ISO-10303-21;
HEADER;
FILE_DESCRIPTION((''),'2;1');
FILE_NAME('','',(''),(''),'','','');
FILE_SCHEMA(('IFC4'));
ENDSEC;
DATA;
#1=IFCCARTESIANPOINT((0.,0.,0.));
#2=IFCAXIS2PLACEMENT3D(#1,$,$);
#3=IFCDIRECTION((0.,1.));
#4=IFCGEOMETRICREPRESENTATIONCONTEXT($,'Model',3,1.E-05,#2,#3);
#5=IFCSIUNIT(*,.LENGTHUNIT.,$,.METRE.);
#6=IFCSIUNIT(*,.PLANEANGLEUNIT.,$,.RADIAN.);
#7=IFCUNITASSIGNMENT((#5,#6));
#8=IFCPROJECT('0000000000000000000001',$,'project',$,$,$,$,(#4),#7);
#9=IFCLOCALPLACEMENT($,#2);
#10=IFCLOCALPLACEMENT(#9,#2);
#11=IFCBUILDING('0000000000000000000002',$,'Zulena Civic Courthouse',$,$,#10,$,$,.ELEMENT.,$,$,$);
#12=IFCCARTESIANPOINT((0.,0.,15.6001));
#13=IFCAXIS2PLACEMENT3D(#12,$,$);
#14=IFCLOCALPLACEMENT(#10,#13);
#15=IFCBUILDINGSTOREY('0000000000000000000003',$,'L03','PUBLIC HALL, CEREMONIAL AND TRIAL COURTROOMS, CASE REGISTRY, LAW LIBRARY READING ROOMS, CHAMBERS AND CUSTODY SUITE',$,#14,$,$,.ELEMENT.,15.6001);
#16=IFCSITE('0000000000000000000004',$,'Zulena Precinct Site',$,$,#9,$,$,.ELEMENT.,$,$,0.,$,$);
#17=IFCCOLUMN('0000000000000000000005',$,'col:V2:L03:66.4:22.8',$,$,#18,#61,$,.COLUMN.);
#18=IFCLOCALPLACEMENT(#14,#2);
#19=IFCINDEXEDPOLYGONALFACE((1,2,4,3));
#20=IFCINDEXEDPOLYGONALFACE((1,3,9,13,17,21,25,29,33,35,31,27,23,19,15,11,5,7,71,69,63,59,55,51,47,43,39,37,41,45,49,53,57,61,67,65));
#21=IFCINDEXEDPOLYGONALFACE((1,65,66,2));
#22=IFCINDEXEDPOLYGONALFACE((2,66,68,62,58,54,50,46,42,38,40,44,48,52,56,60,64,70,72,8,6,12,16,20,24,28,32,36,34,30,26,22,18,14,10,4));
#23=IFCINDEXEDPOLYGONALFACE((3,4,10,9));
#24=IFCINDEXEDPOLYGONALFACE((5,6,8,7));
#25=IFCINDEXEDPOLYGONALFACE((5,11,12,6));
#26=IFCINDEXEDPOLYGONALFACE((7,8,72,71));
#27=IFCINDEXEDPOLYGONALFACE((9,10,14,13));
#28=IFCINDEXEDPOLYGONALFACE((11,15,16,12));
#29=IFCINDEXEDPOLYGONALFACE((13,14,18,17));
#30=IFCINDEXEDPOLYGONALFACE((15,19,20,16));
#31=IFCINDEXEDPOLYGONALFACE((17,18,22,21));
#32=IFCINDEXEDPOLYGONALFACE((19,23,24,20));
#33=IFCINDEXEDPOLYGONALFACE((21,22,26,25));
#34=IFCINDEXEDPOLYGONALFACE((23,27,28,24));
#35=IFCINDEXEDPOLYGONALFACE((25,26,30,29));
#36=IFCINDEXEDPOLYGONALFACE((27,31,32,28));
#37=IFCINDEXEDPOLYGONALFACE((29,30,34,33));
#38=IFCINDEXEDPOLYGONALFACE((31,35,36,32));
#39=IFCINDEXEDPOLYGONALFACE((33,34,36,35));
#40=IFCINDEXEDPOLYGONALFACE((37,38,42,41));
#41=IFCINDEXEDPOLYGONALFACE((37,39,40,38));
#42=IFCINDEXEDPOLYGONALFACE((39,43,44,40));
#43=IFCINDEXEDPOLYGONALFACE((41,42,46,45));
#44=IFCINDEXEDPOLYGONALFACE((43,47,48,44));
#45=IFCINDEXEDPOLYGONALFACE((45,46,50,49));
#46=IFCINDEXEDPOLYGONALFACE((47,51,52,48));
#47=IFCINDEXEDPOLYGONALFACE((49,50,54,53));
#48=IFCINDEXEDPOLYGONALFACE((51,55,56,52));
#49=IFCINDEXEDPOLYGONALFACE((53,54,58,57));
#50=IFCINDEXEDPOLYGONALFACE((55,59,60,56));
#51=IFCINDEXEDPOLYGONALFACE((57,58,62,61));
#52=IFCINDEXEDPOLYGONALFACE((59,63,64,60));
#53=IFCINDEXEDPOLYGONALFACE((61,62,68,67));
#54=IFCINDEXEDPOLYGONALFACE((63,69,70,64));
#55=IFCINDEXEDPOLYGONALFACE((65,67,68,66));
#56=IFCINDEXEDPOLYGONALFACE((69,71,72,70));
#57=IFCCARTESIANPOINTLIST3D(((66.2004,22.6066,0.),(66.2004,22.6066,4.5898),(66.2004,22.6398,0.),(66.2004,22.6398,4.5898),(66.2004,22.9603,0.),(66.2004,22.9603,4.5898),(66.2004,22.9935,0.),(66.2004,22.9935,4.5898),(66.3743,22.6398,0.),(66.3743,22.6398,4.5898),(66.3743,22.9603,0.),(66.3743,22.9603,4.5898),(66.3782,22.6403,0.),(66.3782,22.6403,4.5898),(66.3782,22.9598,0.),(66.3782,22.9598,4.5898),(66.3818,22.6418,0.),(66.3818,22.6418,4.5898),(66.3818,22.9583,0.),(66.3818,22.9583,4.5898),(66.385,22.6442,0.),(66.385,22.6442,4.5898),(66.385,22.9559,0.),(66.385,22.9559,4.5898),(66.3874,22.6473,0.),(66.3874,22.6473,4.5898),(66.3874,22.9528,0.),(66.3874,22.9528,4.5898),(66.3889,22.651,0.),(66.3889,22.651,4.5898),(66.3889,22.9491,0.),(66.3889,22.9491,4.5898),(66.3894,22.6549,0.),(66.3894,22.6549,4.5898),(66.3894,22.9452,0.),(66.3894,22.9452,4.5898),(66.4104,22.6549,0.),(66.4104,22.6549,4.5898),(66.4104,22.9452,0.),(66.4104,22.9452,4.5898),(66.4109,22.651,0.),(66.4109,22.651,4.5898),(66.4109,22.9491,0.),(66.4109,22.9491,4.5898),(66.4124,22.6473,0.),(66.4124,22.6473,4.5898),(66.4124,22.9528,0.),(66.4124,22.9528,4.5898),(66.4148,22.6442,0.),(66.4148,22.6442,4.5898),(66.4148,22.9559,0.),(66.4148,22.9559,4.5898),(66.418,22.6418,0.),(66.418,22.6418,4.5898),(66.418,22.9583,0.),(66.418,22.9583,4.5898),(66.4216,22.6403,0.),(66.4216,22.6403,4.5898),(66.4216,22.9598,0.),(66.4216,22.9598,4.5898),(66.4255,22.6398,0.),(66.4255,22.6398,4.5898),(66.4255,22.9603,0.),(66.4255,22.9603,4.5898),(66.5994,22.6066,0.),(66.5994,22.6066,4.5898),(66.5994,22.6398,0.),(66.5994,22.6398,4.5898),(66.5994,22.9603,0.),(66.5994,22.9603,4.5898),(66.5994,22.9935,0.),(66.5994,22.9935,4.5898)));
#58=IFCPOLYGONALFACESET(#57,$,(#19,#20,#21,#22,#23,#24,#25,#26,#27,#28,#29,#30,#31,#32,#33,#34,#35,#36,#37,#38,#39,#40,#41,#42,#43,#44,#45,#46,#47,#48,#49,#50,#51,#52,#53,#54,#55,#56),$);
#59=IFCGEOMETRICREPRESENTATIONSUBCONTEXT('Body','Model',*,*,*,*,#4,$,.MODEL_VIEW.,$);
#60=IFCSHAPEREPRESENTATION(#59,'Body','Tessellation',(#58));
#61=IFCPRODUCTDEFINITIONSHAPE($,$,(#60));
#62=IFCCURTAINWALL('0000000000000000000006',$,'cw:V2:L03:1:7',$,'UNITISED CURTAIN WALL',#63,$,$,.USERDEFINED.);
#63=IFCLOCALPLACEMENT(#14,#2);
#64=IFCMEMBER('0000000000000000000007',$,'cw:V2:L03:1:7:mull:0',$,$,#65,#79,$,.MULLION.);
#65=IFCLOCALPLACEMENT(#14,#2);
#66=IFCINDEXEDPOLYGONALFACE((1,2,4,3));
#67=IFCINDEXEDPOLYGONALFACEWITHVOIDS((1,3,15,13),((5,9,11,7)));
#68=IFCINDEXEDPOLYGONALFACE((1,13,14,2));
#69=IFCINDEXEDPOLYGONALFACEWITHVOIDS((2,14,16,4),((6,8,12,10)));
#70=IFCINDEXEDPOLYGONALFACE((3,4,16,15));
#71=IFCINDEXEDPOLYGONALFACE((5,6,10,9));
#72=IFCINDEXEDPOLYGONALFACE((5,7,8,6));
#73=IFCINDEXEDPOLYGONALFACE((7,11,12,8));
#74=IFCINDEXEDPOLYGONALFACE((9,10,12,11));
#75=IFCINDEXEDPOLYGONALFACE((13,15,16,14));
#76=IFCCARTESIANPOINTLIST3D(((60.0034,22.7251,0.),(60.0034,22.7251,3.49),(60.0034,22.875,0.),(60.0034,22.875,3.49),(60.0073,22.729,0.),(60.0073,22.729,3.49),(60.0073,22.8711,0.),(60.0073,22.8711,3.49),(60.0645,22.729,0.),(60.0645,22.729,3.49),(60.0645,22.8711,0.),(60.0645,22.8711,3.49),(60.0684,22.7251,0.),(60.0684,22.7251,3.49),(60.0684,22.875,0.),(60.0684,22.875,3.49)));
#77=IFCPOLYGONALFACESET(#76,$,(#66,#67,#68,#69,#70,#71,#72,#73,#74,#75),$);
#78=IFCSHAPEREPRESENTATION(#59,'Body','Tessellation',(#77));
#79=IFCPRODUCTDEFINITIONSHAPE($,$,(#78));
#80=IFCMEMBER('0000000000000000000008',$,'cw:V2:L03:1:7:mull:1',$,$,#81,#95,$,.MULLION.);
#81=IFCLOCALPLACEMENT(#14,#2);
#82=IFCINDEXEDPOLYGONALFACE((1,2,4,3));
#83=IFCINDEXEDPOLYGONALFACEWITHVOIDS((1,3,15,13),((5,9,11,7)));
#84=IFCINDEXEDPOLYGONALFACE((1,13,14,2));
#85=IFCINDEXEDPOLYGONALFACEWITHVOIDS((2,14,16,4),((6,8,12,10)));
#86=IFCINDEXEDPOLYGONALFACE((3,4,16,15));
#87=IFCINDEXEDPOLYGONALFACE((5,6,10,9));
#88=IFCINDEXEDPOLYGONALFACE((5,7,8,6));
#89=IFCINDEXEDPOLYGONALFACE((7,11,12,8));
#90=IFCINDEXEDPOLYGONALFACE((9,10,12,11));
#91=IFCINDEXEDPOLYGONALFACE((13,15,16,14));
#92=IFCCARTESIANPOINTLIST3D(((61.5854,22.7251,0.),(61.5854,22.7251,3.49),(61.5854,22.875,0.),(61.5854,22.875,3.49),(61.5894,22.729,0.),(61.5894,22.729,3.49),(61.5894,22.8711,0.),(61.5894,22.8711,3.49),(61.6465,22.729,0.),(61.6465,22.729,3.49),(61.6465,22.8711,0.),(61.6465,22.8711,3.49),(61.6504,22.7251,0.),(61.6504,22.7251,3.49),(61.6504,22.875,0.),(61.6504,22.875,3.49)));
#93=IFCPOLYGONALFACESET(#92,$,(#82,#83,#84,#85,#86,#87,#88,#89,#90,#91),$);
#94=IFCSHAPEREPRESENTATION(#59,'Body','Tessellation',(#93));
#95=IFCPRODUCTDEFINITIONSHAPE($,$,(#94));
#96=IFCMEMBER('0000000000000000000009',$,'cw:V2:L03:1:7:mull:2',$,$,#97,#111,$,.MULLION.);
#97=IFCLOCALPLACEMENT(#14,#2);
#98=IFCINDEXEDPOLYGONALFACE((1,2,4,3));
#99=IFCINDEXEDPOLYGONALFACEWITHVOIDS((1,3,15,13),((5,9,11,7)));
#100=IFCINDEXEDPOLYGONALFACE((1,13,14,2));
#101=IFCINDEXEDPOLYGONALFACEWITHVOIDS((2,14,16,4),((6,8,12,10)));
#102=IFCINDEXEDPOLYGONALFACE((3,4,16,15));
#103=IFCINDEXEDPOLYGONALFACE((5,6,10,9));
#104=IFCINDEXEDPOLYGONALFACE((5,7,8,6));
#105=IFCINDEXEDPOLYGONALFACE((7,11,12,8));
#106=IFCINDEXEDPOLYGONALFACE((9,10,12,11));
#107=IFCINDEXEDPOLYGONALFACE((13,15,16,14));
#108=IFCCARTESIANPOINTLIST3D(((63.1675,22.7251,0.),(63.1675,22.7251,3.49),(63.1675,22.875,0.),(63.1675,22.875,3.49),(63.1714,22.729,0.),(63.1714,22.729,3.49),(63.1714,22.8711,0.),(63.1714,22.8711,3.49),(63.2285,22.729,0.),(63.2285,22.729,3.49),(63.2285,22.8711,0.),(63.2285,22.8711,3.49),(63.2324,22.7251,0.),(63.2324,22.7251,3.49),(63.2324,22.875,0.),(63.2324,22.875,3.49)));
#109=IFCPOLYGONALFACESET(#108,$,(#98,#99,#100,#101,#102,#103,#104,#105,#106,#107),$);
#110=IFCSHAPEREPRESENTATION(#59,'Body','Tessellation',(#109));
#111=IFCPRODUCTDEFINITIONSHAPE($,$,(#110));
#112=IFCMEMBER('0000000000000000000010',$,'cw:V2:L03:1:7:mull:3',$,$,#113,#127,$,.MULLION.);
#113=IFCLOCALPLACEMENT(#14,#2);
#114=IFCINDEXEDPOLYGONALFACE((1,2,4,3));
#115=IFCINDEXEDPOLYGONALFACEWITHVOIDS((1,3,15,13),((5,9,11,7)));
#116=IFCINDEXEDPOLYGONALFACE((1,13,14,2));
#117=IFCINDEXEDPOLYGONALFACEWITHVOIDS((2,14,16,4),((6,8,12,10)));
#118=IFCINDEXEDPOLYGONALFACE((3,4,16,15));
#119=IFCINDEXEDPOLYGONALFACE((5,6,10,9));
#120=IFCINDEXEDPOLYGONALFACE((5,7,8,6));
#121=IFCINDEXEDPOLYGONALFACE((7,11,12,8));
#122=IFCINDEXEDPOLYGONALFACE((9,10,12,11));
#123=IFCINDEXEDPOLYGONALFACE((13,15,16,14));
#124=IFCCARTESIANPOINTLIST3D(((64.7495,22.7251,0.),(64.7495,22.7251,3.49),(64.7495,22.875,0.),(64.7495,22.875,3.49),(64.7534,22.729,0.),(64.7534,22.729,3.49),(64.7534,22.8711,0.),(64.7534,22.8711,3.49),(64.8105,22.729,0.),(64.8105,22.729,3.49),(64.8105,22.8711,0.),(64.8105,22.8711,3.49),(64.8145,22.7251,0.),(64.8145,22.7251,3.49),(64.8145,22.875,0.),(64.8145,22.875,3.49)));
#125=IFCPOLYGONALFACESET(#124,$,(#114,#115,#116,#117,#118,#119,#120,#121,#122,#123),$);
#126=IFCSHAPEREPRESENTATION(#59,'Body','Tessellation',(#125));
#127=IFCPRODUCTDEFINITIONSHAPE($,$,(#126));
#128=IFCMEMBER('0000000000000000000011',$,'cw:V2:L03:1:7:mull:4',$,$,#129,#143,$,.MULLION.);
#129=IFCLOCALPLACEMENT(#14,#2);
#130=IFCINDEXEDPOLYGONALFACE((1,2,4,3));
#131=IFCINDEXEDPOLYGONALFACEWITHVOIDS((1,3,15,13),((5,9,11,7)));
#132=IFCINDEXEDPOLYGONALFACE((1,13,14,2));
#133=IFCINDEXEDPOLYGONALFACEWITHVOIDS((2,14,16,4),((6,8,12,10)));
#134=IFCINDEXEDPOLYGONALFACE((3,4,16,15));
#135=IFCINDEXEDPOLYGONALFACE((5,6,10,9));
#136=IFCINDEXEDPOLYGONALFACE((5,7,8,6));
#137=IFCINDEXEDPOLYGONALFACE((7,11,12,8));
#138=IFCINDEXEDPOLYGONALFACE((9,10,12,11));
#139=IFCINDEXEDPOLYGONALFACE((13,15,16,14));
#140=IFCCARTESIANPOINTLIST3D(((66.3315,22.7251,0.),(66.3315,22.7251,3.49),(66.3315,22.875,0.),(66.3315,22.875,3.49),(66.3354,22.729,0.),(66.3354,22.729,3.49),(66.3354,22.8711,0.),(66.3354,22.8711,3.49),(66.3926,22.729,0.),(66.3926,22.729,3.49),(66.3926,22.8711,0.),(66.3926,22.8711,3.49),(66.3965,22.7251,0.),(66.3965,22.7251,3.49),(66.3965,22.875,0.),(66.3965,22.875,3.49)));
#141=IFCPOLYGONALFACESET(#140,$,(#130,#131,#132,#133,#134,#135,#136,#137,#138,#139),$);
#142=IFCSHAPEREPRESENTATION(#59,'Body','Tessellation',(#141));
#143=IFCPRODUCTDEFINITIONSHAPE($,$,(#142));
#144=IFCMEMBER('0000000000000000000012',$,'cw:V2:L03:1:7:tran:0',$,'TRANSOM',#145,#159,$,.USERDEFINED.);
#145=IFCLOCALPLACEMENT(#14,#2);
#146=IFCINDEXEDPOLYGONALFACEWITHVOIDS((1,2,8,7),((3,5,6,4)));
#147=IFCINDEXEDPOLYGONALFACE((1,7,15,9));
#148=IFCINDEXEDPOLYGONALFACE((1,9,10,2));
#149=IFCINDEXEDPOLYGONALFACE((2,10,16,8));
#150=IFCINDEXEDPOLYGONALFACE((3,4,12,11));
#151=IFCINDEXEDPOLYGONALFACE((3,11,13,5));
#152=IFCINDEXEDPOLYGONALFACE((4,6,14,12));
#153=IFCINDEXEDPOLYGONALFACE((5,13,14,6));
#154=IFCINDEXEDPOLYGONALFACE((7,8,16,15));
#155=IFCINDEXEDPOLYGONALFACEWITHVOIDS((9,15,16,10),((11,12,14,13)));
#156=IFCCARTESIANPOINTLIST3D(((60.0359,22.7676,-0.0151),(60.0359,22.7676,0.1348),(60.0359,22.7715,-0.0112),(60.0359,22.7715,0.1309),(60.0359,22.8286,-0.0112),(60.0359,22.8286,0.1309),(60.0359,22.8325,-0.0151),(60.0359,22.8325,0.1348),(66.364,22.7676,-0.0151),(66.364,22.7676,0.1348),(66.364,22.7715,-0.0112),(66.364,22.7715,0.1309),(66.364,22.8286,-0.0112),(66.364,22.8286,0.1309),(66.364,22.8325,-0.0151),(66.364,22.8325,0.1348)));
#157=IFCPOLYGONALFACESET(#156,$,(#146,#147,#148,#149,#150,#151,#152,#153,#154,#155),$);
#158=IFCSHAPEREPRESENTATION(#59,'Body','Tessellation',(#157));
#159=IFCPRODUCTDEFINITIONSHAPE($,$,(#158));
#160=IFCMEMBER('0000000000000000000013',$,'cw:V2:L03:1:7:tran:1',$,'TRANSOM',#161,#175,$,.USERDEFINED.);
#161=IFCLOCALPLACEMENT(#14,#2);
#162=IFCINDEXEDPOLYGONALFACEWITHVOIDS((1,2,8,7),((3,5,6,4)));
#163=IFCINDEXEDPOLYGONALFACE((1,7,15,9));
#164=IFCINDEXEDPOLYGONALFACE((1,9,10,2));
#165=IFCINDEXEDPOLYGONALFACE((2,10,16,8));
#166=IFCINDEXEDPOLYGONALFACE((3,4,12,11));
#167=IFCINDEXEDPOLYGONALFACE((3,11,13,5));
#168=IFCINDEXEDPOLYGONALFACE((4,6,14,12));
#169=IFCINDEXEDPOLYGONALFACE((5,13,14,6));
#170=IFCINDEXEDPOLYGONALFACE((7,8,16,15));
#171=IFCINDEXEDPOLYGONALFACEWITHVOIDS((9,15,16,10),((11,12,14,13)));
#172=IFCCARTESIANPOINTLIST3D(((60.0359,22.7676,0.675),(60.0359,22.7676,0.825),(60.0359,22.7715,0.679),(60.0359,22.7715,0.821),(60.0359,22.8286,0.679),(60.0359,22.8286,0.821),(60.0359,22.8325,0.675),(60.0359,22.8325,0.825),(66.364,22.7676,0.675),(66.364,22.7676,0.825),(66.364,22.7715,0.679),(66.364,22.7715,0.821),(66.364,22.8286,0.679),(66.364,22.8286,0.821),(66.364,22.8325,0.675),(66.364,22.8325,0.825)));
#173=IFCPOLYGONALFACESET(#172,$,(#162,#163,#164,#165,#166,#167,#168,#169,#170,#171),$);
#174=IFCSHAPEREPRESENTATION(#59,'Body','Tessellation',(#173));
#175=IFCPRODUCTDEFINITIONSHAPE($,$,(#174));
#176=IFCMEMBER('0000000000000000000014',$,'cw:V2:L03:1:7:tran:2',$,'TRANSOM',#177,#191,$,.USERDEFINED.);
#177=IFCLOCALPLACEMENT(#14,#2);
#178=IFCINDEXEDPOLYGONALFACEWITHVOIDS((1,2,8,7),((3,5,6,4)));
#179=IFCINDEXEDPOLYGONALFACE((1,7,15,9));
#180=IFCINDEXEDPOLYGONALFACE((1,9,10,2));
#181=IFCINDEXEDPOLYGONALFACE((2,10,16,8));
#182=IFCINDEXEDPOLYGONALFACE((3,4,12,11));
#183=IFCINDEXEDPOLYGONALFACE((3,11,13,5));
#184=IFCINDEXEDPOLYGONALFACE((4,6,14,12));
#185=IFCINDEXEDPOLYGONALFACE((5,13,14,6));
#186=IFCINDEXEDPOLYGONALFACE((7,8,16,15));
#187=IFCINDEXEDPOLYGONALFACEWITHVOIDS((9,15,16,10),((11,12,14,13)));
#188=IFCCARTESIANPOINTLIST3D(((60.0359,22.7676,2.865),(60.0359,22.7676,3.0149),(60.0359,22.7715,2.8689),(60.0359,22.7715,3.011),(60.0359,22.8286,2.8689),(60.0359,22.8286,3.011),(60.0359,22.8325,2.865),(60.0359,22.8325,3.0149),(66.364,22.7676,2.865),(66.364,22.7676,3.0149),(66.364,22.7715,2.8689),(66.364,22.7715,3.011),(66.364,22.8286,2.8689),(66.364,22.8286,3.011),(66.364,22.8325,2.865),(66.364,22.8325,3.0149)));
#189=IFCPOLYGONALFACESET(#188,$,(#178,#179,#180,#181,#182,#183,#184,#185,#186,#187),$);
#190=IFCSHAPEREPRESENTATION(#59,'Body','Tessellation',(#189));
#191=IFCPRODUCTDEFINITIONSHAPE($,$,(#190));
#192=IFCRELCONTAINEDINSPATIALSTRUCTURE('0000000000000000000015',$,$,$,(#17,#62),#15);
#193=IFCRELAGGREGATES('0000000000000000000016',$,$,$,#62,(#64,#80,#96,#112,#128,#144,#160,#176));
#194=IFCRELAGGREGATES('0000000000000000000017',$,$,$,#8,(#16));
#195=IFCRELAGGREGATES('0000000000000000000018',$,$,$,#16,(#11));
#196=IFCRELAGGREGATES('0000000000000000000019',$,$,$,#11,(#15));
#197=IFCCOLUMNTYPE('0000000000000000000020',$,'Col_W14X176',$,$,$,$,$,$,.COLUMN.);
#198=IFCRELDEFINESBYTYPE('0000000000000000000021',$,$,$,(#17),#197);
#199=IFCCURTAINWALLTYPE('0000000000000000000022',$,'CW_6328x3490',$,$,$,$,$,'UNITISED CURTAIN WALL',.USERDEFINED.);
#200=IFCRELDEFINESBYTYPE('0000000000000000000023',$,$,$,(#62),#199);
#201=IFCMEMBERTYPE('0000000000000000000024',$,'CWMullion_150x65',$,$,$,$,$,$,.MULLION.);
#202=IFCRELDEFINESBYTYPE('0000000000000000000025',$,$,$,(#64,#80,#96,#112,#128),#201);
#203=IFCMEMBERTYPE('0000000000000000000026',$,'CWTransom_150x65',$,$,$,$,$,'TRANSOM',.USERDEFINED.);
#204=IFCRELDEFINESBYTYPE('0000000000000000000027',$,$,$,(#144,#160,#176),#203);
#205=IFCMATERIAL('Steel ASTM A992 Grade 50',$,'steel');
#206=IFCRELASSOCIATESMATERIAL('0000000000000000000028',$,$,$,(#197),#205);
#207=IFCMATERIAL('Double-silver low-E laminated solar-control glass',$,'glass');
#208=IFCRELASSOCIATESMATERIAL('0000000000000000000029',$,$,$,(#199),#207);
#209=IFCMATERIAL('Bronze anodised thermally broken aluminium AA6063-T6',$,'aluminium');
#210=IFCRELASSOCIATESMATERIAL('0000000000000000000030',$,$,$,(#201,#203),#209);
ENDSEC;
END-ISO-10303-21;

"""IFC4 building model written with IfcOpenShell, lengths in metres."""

from ifc_helpers import new_model, si_unit, direction, frame, origin, origin_2d, place, context, subcontext, project, spatial, hollow_rectangle, i_section, extrude, material, material_profile, profile_set, type_object, element, aggregate, save


model = new_model("IFC4")

# Units and contexts
model_context = context("Model", 3, precision=1e-05, world=origin(), true_north=direction((0.0, 1.0)))
body_context = subcontext(model_context, "Body", "Model", "MODEL_VIEW")
ifc_project = project(units=[si_unit("LENGTHUNIT", "METRE"), si_unit("PLANEANGLEUNIT", "RADIAN")], contexts=[model_context])

# Site, building, storey
site_placement = place(None, origin())
site = spatial("IfcSite", under=ifc_project, at=site_placement, Name="Zulena Precinct Site", CompositionType="ELEMENT", RefElevation=0.0)
building_placement = place(site_placement, origin())
building = spatial("IfcBuilding", under=site, at=building_placement, Name="Zulena Civic Courthouse", CompositionType="ELEMENT")
storey_placement = place(building_placement, frame((0.0, 0.0, 15.6001)))
storey = spatial("IfcBuildingStorey", under=building, at=storey_placement, Name="L03", Description="PUBLIC HALL, CEREMONIAL AND TRIAL COURTROOMS, CASE REGISTRY, LAW LIBRARY READING ROOMS, CHAMBERS AND CUSTODY SUITE", CompositionType="ELEMENT", Elevation=15.6001)

# Column
ifc_material_1 = material(Name="Steel ASTM A992 Grade 50", Category="steel")
ifc_material_profile_1 = material_profile(ifc_material_1, i_section(OverallWidth=0.3989, OverallDepth=0.387, WebThickness=0.021, FlangeThickness=0.0332, FilletRadius=0.0151, at=origin_2d()), Name="W14X176")
ifc_profile_set_1 = profile_set([ifc_material_profile_1], Name="Steel ASTM A992 Grade 50")
column_type = type_object("IfcColumnType", Name="Col_W14X176", PredefinedType="COLUMN", material=ifc_profile_set_1)
column_placement = place(storey_placement, frame((66.3999, 22.8, 0.0), z_axis=(0.0, 0.0, 1.0), x_axis=(1.0, 0.0, 0.0)))
element("IfcColumn", 1, at=column_placement, inside=storey, type_object=column_type, Name="col:V2:L03:66.4:22.8", PredefinedType="COLUMN", context=body_context, shape_type="SweptSolid", body=[
    extrude(i_section(OverallWidth=0.3989, OverallDepth=0.387, WebThickness=0.021, FlangeThickness=0.0332, FilletRadius=0.0151, at=origin_2d()), origin(), (0.0, 0.0, 1.0), 4.5898),
])

# Curtain wall, members
ifc_material_2 = material(Name="Double-silver low-E laminated solar-control glass", Category="glass")
curtain_wall_type = type_object("IfcCurtainWallType", Name="CW_6328x3490", ElementType="UNITISED CURTAIN WALL", PredefinedType="USERDEFINED", material=ifc_material_2)
curtain_wall_placement = place(storey_placement, origin())
curtain_wall = element("IfcCurtainWall", 2, at=curtain_wall_placement, inside=storey, type_object=curtain_wall_type, Name="cw:V2:L03:1:7", ObjectType="UNITISED CURTAIN WALL", PredefinedType="USERDEFINED")
ifc_material_3 = material(Name="Bronze anodised thermally broken aluminium AA6063-T6", Category="aluminium")
ifc_material_profile_2 = material_profile(ifc_material_3, hollow_rectangle(XDim=0.0649, YDim=0.1499, WallThickness=0.0039, at=origin_2d()), Name="CWM150X65X4")
ifc_profile_set_2 = profile_set([ifc_material_profile_2], Name="Bronze anodised thermally broken aluminium AA6063-T6")
member_type_1 = type_object("IfcMemberType", Name="CWMullion_150x65", PredefinedType="MULLION", material=ifc_profile_set_2)
member_1_placement = place(storey_placement, frame((60.0359, 22.8, 0.0), z_axis=(0.0, 0.0, 1.0), x_axis=(1.0, 0.0, 0.0)))
member_1 = element("IfcMember", 3, at=member_1_placement, type_object=member_type_1, Name="cw:V2:L03:1:7:mull:0", PredefinedType="MULLION", context=body_context, shape_type="SweptSolid", body=[
    extrude(hollow_rectangle(XDim=0.0649, YDim=0.1499, WallThickness=0.0039, at=origin_2d()), origin(), (0.0, 0.0, 1.0), 3.49),
])
member_2_placement = place(storey_placement, frame((61.6179, 22.8, 0.0), z_axis=(0.0, 0.0, 1.0), x_axis=(1.0, 0.0, 0.0)))
member_2 = element("IfcMember", 4, at=member_2_placement, type_object=member_type_1, Name="cw:V2:L03:1:7:mull:1", PredefinedType="MULLION", context=body_context, shape_type="SweptSolid", body=[
    extrude(hollow_rectangle(XDim=0.0649, YDim=0.1499, WallThickness=0.0039, at=origin_2d()), origin(), (0.0, 0.0, 1.0), 3.49),
])
member_3_placement = place(storey_placement, frame((63.2, 22.8, 0.0), z_axis=(0.0, 0.0, 1.0), x_axis=(1.0, 0.0, 0.0)))
member_3 = element("IfcMember", 5, at=member_3_placement, type_object=member_type_1, Name="cw:V2:L03:1:7:mull:2", PredefinedType="MULLION", context=body_context, shape_type="SweptSolid", body=[
    extrude(hollow_rectangle(XDim=0.0649, YDim=0.1499, WallThickness=0.0039, at=origin_2d()), origin(), (0.0, 0.0, 1.0), 3.49),
])
member_4_placement = place(storey_placement, frame((64.782, 22.8, 0.0), z_axis=(0.0, 0.0, 1.0), x_axis=(1.0, 0.0, 0.0)))
member_4 = element("IfcMember", 6, at=member_4_placement, type_object=member_type_1, Name="cw:V2:L03:1:7:mull:3", PredefinedType="MULLION", context=body_context, shape_type="SweptSolid", body=[
    extrude(hollow_rectangle(XDim=0.0649, YDim=0.1499, WallThickness=0.0039, at=origin_2d()), origin(), (0.0, 0.0, 1.0), 3.49),
])
member_5_placement = place(storey_placement, frame((66.364, 22.8, 0.0), z_axis=(0.0, 0.0, 1.0), x_axis=(1.0, 0.0, 0.0)))
member_5 = element("IfcMember", 7, at=member_5_placement, type_object=member_type_1, Name="cw:V2:L03:1:7:mull:4", PredefinedType="MULLION", context=body_context, shape_type="SweptSolid", body=[
    extrude(hollow_rectangle(XDim=0.0649, YDim=0.1499, WallThickness=0.0039, at=origin_2d()), origin(), (0.0, 0.0, 1.0), 3.49),
])
ifc_material_profile_3 = material_profile(ifc_material_3, hollow_rectangle(XDim=0.0649, YDim=0.1499, WallThickness=0.0039, at=origin_2d()), Name="CWT150X65X4")
ifc_profile_set_3 = profile_set([ifc_material_profile_3], Name="Bronze anodised thermally broken aluminium AA6063-T6")
member_type_2 = type_object("IfcMemberType", Name="CWTransom_150x65", ElementType="TRANSOM", PredefinedType="USERDEFINED", material=ifc_profile_set_3)
member_6_placement = place(storey_placement, frame((60.0359, 22.8, 0.0598), z_axis=(1.0, 0.0, 0.0), x_axis=(0.0, 1.0, 0.0)))
member_6 = element("IfcMember", 8, at=member_6_placement, type_object=member_type_2, Name="cw:V2:L03:1:7:tran:0", ObjectType="TRANSOM", PredefinedType="USERDEFINED", context=body_context, shape_type="SweptSolid", body=[
    extrude(hollow_rectangle(XDim=0.0649, YDim=0.1499, WallThickness=0.0039, at=origin_2d()), origin(), (0.0, 0.0, 1.0), 6.3281),
])
member_7_placement = place(storey_placement, frame((60.0359, 22.8, 0.75), z_axis=(1.0, 0.0, 0.0), x_axis=(0.0, 1.0, 0.0)))
member_7 = element("IfcMember", 9, at=member_7_placement, type_object=member_type_2, Name="cw:V2:L03:1:7:tran:1", ObjectType="TRANSOM", PredefinedType="USERDEFINED", context=body_context, shape_type="SweptSolid", body=[
    extrude(hollow_rectangle(XDim=0.0649, YDim=0.1499, WallThickness=0.0039, at=origin_2d()), origin(), (0.0, 0.0, 1.0), 6.3281),
])
member_8_placement = place(storey_placement, frame((60.0359, 22.8, 2.9399), z_axis=(1.0, 0.0, 0.0), x_axis=(0.0, 1.0, 0.0)))
member_8 = element("IfcMember", 10, at=member_8_placement, type_object=member_type_2, Name="cw:V2:L03:1:7:tran:2", ObjectType="TRANSOM", PredefinedType="USERDEFINED", context=body_context, shape_type="SweptSolid", body=[
    extrude(hollow_rectangle(XDim=0.0649, YDim=0.1499, WallThickness=0.0039, at=origin_2d()), origin(), (0.0, 0.0, 1.0), 6.3281),
])

aggregate(curtain_wall, [member_1, member_2, member_3, member_4, member_5, member_6, member_7, member_8])

save(model, "model.ifc")
